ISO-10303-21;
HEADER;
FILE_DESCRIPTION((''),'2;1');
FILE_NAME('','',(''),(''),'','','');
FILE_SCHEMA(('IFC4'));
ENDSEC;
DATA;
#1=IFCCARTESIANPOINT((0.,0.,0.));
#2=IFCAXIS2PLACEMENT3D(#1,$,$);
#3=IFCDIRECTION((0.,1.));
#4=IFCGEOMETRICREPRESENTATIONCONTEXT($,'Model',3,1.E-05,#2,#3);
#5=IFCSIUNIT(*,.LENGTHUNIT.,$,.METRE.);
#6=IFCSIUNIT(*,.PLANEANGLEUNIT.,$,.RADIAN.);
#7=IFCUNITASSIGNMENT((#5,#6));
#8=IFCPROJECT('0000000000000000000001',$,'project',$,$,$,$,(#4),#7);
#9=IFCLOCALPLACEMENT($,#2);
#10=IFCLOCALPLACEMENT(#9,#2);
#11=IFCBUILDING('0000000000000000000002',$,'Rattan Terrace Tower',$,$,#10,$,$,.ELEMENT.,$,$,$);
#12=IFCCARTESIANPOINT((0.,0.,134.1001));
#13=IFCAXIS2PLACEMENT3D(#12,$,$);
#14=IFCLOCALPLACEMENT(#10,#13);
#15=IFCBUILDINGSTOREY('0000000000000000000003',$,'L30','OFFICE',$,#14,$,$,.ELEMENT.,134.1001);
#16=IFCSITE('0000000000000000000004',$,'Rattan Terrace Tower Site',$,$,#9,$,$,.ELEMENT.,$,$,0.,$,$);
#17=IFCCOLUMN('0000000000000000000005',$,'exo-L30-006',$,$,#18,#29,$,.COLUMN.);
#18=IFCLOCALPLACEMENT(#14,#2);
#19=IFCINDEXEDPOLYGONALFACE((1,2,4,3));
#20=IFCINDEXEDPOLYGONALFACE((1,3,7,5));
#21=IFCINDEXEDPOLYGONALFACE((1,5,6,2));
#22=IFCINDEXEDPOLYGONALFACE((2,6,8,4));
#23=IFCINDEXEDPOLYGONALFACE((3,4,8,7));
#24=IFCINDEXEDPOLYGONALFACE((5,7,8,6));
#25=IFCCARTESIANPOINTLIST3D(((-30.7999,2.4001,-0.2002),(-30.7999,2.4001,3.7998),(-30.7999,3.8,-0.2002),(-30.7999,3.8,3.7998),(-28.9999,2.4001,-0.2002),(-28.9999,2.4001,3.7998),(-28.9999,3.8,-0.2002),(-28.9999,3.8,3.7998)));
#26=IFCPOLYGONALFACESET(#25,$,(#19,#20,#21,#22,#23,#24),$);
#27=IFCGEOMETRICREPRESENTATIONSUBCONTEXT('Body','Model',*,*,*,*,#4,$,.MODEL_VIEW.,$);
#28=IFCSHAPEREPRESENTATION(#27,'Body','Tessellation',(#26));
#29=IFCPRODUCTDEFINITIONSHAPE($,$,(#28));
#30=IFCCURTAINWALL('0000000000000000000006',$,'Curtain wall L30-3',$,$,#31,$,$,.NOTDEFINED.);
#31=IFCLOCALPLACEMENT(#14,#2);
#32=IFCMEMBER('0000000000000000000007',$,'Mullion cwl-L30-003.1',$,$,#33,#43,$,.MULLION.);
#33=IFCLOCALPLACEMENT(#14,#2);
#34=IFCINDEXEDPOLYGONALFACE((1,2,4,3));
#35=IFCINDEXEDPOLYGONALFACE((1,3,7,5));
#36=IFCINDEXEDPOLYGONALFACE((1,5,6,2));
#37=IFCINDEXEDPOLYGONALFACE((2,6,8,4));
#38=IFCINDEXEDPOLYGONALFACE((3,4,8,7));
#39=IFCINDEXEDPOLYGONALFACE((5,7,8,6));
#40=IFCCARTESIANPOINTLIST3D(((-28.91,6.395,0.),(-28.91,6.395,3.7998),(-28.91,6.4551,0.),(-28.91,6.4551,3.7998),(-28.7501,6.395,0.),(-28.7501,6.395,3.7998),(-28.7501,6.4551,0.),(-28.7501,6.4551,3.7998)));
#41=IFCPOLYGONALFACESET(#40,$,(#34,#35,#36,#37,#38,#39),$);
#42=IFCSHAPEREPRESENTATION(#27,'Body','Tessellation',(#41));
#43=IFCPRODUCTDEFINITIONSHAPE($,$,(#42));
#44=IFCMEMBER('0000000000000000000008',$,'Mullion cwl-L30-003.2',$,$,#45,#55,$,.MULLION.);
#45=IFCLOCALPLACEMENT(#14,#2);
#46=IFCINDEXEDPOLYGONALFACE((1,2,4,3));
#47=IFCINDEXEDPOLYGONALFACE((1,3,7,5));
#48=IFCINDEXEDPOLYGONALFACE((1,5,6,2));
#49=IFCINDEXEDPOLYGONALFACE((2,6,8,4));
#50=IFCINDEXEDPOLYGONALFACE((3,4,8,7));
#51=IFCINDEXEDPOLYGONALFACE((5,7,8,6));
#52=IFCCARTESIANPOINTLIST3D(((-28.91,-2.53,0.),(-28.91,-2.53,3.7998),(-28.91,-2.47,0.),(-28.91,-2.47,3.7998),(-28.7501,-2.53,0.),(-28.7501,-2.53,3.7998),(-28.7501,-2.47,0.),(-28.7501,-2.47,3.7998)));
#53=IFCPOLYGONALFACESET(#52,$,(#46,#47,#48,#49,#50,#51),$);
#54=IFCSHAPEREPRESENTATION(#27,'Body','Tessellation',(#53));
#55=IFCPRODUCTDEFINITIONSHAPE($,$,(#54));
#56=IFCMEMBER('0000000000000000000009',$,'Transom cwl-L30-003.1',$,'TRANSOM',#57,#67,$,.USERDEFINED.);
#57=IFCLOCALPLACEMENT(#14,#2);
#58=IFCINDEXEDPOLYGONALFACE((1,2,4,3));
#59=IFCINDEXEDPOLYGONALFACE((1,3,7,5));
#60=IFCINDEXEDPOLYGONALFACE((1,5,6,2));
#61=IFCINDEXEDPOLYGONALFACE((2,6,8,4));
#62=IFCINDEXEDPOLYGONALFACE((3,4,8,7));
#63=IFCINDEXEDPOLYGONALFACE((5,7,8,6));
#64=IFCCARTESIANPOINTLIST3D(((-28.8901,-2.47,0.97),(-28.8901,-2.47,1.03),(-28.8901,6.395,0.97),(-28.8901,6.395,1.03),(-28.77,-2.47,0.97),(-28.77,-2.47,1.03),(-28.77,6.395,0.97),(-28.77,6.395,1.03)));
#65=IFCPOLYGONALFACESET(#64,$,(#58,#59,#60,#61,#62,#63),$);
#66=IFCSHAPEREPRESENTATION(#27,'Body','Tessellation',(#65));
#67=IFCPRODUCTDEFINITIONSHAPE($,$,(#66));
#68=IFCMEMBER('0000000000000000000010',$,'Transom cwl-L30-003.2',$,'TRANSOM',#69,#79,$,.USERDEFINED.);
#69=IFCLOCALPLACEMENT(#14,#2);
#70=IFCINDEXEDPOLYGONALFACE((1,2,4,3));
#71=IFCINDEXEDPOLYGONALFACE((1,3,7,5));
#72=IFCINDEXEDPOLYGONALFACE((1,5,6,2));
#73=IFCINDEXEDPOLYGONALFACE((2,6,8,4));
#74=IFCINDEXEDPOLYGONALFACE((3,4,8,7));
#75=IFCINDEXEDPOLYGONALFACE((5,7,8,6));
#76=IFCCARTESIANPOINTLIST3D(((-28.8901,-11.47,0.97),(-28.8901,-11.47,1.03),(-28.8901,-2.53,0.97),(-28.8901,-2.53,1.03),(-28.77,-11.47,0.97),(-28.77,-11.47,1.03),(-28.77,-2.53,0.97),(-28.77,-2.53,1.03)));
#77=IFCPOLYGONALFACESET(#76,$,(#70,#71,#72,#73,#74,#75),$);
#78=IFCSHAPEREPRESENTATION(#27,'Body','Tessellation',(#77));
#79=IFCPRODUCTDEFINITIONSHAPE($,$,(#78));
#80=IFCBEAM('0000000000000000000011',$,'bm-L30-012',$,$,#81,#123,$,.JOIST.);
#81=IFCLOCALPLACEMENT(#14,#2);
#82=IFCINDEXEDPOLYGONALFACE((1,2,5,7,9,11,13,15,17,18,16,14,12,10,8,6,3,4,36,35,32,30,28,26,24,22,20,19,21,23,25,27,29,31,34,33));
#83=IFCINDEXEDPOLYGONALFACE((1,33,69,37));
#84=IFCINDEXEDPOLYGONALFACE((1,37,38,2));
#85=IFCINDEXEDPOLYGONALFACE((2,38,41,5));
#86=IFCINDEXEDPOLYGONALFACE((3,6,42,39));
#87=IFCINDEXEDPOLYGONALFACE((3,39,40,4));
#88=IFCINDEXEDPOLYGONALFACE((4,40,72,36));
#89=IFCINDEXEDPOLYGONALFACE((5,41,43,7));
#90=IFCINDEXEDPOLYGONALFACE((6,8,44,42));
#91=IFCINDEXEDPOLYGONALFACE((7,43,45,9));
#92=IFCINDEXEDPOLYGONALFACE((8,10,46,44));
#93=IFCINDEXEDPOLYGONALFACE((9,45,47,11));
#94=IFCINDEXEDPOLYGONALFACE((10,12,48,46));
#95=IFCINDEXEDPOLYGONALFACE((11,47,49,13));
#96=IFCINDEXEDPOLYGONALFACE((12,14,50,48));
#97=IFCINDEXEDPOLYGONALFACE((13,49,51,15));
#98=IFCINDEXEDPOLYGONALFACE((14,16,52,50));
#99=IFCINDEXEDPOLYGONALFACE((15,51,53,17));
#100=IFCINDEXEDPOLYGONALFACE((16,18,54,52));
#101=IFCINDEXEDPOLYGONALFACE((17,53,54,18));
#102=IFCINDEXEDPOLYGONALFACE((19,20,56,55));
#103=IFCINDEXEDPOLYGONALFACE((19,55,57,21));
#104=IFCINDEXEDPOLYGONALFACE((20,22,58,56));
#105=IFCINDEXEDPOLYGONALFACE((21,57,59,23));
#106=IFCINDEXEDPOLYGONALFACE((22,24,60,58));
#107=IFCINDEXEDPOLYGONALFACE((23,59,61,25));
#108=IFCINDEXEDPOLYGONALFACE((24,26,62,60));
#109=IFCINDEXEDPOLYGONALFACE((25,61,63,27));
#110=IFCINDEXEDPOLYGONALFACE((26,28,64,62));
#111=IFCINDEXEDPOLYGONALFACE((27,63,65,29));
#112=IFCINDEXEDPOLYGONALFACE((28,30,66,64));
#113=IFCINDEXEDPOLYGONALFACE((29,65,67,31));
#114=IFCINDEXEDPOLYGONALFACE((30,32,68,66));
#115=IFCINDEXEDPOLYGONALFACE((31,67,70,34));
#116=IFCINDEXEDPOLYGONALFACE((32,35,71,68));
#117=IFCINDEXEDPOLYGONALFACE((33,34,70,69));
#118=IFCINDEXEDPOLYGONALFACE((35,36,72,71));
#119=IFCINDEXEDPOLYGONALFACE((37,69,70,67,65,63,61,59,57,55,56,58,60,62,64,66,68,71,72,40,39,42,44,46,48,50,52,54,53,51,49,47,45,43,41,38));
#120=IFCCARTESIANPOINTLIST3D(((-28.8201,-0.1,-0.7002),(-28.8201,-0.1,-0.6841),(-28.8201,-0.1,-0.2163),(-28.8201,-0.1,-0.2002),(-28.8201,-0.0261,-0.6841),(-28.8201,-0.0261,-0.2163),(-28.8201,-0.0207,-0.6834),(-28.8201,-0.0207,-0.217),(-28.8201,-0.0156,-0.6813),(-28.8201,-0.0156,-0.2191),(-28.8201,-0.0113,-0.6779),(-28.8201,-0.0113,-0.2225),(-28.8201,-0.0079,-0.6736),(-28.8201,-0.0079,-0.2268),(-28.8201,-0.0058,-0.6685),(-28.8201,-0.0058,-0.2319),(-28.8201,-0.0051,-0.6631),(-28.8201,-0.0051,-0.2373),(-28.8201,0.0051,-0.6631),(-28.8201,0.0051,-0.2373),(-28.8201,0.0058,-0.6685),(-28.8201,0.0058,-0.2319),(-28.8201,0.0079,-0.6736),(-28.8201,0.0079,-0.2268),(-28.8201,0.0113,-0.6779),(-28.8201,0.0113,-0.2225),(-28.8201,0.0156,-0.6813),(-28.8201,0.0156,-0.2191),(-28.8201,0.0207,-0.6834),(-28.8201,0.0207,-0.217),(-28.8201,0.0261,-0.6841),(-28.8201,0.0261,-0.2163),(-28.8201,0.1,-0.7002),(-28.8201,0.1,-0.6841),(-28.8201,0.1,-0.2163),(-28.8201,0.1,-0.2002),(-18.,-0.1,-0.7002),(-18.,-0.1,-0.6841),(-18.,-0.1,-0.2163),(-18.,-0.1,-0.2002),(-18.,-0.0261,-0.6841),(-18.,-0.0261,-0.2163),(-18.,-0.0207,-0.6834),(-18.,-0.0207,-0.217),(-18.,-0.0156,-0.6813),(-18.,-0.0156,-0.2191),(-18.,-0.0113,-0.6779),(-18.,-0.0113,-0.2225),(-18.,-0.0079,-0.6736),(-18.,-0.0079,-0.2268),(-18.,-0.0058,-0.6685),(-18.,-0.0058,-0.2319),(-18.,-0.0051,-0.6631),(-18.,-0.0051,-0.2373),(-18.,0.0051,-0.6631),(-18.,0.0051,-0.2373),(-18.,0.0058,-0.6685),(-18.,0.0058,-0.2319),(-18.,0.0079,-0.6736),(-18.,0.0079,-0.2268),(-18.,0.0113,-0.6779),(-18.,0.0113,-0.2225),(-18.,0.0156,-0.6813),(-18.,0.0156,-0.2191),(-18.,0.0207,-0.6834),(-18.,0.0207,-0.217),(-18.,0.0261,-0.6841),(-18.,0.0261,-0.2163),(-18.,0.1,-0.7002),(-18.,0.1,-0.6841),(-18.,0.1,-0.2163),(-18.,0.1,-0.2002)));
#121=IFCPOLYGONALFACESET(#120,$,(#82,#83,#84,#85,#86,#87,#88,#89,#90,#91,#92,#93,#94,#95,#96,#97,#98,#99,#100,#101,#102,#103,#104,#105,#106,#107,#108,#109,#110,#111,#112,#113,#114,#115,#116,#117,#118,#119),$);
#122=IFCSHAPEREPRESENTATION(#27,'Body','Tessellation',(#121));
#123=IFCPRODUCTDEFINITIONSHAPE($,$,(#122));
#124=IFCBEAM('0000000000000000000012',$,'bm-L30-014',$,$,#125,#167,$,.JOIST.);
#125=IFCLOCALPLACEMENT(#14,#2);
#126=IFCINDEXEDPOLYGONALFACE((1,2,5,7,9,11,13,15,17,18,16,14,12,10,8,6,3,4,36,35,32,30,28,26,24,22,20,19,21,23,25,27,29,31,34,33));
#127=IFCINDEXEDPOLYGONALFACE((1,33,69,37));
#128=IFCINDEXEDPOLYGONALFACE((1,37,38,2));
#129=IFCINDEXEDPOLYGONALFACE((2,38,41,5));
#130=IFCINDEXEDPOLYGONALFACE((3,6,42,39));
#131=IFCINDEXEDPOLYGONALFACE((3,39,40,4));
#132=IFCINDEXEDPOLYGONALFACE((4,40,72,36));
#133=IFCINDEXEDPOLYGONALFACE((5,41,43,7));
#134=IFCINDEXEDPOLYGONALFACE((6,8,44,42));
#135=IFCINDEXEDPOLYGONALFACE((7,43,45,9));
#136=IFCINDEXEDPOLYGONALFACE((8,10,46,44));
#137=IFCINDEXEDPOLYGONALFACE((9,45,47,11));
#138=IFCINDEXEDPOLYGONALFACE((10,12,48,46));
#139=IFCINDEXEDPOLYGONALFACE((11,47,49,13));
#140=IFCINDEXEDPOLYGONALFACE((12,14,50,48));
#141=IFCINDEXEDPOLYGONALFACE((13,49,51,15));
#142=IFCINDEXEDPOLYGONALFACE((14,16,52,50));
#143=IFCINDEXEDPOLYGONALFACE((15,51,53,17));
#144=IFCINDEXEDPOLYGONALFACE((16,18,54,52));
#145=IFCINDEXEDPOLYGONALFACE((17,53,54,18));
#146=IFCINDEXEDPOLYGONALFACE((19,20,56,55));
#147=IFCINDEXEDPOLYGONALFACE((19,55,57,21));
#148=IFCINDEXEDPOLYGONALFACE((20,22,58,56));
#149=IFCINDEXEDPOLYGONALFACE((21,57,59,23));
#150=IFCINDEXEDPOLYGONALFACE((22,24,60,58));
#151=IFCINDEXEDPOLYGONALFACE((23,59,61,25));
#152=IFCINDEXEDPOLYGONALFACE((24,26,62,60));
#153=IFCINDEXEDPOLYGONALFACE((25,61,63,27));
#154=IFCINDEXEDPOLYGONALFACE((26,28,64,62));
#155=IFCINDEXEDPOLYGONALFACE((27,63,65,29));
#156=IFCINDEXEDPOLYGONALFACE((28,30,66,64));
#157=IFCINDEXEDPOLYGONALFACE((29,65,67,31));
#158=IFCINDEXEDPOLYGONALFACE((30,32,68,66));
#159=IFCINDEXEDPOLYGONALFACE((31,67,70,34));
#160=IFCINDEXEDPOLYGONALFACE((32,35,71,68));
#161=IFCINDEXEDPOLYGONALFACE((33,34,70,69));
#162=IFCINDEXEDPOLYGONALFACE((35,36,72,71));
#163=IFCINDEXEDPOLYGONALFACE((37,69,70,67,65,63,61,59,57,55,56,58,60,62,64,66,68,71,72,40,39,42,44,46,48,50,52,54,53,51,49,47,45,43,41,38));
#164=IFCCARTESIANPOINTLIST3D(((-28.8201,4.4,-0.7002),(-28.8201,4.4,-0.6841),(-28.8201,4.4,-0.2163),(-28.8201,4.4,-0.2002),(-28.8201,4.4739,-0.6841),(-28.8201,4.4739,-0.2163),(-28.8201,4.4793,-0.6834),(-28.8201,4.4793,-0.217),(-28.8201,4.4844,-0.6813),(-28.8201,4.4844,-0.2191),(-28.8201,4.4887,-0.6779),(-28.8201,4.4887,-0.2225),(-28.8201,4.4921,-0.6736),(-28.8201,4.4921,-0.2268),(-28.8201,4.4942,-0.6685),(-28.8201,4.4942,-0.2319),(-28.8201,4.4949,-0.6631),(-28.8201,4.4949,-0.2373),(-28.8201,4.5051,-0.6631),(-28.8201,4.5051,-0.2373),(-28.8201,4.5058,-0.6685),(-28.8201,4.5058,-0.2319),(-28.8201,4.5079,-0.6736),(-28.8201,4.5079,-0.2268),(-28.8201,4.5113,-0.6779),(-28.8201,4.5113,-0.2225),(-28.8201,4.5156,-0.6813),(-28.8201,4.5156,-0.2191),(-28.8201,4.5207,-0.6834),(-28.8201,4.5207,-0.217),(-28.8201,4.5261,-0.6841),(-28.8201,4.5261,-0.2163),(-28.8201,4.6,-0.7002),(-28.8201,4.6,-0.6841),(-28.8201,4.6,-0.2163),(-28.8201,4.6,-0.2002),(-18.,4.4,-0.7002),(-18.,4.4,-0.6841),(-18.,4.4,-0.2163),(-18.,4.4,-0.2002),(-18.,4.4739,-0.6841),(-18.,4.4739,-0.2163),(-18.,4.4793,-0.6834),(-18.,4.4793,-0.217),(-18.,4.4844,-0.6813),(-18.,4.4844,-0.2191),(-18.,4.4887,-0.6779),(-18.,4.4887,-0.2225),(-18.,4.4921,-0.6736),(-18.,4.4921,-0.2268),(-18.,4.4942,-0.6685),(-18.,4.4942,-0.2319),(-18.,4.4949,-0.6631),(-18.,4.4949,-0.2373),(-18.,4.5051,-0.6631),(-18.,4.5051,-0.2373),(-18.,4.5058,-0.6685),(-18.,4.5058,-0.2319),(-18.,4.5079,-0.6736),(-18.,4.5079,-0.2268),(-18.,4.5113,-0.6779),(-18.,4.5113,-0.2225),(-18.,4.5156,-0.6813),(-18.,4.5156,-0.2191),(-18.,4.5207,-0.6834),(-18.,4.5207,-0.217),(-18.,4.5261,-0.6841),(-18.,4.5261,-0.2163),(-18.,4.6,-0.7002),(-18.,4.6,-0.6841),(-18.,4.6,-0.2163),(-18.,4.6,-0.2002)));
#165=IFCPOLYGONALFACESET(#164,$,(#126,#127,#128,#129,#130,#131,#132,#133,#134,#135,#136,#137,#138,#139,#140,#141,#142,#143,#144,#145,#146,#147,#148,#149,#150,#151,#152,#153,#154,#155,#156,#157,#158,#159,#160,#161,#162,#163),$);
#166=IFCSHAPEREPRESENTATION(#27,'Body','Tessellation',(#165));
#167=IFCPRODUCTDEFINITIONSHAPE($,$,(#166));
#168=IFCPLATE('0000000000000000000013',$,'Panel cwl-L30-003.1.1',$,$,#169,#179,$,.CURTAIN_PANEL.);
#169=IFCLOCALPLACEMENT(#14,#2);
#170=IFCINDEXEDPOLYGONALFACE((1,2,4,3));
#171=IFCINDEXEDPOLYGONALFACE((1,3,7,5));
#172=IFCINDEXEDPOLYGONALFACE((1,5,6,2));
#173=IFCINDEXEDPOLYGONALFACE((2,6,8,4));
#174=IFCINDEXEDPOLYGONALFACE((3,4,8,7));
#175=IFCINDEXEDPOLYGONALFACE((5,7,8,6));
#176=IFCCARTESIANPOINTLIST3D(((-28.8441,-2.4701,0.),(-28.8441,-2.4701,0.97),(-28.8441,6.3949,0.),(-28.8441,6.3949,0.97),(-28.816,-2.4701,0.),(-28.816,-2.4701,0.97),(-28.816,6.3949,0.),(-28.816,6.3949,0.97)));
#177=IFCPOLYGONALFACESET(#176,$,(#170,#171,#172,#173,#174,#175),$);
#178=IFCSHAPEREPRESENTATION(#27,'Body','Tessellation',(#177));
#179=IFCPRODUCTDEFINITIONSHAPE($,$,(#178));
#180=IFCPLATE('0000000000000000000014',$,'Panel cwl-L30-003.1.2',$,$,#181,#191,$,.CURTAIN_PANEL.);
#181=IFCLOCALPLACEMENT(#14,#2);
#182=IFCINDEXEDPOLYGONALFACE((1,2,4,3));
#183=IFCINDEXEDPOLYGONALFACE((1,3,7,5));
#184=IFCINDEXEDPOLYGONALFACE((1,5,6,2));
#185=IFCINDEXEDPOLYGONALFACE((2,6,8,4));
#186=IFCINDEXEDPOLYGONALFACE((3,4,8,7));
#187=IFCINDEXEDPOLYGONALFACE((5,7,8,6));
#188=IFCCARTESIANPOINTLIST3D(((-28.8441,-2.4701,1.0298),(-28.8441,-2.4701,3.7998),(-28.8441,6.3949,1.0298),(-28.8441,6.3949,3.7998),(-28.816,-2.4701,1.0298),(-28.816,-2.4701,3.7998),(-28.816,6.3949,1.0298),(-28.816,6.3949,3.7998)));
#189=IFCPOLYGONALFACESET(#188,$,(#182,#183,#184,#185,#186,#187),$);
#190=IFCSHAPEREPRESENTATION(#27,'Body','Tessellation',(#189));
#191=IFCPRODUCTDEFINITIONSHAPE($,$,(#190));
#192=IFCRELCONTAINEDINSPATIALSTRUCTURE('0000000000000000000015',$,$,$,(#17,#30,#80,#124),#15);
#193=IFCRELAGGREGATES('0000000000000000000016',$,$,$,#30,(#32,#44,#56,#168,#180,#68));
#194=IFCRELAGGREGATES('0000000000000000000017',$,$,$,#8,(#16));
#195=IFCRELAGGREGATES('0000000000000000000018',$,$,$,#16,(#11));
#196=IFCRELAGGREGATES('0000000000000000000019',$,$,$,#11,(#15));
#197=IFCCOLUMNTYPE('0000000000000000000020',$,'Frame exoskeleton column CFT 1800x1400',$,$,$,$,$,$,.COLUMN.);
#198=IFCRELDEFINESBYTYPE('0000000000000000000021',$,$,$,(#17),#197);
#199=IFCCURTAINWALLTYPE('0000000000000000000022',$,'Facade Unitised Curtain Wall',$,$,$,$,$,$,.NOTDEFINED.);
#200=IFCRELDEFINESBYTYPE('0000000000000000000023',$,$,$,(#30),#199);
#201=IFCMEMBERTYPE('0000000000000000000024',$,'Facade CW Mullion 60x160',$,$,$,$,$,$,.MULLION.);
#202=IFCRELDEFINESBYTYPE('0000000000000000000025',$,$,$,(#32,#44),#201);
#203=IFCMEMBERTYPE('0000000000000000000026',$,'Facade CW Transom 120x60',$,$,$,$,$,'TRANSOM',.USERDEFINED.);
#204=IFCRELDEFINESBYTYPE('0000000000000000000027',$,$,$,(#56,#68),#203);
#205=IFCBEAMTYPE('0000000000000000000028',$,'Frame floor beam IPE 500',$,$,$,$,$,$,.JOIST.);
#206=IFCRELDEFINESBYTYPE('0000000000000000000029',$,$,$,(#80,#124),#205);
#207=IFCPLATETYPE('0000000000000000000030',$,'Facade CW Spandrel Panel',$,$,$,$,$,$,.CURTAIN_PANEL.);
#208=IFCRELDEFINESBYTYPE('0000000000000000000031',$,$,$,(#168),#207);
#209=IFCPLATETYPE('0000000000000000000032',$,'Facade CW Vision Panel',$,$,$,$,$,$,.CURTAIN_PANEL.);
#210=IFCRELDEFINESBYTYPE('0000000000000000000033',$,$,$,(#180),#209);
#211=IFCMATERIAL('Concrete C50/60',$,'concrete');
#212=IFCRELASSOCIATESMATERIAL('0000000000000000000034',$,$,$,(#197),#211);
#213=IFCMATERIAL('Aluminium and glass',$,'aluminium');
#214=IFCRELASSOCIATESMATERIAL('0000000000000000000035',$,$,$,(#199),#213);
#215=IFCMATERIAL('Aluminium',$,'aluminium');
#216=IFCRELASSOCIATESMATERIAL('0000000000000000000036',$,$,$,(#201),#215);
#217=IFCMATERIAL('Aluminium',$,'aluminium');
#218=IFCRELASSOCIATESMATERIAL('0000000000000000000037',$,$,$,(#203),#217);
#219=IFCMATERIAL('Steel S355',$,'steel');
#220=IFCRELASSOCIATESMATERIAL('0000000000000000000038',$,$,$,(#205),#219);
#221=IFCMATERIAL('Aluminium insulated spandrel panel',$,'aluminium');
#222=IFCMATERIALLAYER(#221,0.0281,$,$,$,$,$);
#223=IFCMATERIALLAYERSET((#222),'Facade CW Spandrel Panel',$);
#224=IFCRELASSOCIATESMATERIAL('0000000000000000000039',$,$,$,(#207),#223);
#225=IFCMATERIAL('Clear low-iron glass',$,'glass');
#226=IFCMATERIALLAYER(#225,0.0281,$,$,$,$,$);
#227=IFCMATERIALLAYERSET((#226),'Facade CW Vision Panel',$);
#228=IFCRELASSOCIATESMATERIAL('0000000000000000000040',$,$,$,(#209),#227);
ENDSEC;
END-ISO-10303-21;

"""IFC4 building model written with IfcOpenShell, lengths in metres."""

from ifc_helpers import new_model, si_unit, direction, frame, origin, origin_2d, place, context, subcontext, project, spatial, rectangle, i_section, extrude, material, layer, layer_set, material_profile, profile_set, type_object, element, aggregate, save


model = new_model("IFC4")

# Units and contexts
model_context = context("Model", 3, precision=1e-05, world=origin(), true_north=direction((0.0, 1.0)))
body_context = subcontext(model_context, "Body", "Model", "MODEL_VIEW")
ifc_project = project(units=[si_unit("LENGTHUNIT", "METRE"), si_unit("PLANEANGLEUNIT", "RADIAN")], contexts=[model_context])

# Site, building, storey
site_placement = place(None, origin())
site = spatial("IfcSite", under=ifc_project, at=site_placement, Name="Rattan Terrace Tower Site", CompositionType="ELEMENT", RefElevation=0.0)
building_placement = place(site_placement, origin())
building = spatial("IfcBuilding", under=site, at=building_placement, Name="Rattan Terrace Tower", CompositionType="ELEMENT")
storey_placement = place(building_placement, frame((0.0, 0.0, 134.1001)))
storey = spatial("IfcBuildingStorey", under=building, at=storey_placement, Name="L30", Description="OFFICE", CompositionType="ELEMENT", Elevation=134.1001)

# Column
ifc_material_1 = material(Name="Concrete C50/60", Category="concrete")
ifc_material_profile_1 = material_profile(ifc_material_1, rectangle(XDim=1.3999, YDim=1.8, at=origin_2d()), Name="CFT 1800x1400")
ifc_profile_set_1 = profile_set([ifc_material_profile_1], Name="Concrete C50/60")
column_type = type_object("IfcColumnType", Name="Frame exoskeleton column CFT 1800x1400", PredefinedType="COLUMN", material=ifc_profile_set_1)
column_placement = place(storey_placement, frame((-29.8999, 3.1001, -0.2002), z_axis=(0.0, 0.0, 1.0), x_axis=(0.0, 1.0, 0.0)))
element("IfcColumn", 1, at=column_placement, inside=storey, type_object=column_type, Name="exo-L30-006", PredefinedType="COLUMN", context=body_context, shape_type="SweptSolid", body=[
    extrude(rectangle(XDim=1.3999, YDim=1.8, at=origin_2d()), origin(), (0.0, 0.0, 1.0), 4.0),
])

# Curtain wall, members
ifc_material_2 = material(Name="Aluminium and glass", Category="aluminium")
curtain_wall_type = type_object("IfcCurtainWallType", Name="Facade Unitised Curtain Wall", PredefinedType="NOTDEFINED", material=ifc_material_2)
curtain_wall_placement = place(storey_placement, origin())
curtain_wall = element("IfcCurtainWall", 2, at=curtain_wall_placement, inside=storey, type_object=curtain_wall_type, Name="Curtain wall L30-3", PredefinedType="NOTDEFINED")
ifc_material_3 = material(Name="Aluminium", Category="aluminium")
ifc_material_profile_2 = material_profile(ifc_material_3, rectangle(XDim=0.0601, YDim=0.1599, at=origin_2d()), Name="Aluminium 60x160")
ifc_profile_set_2 = profile_set([ifc_material_profile_2], Name="Aluminium")
member_type_1 = type_object("IfcMemberType", Name="Facade CW Mullion 60x160", PredefinedType="MULLION", material=ifc_profile_set_2)
member_1_placement = place(storey_placement, frame((-28.8301, 6.425, 0.0), z_axis=(0.0, 0.0, 1.0), x_axis=(0.0, -1.0, 0.0)))
member_1 = element("IfcMember", 3, at=member_1_placement, type_object=member_type_1, Name="Mullion cwl-L30-003.1", PredefinedType="MULLION", context=body_context, shape_type="SweptSolid", body=[
    extrude(rectangle(XDim=0.0601, YDim=0.1599, at=origin_2d()), origin(), (0.0, 0.0, 1.0), 3.7998),
])
member_2_placement = place(storey_placement, frame((-28.8301, -2.5, 0.0), z_axis=(0.0, 0.0, 1.0), x_axis=(0.0, -1.0, 0.0)))
member_2 = element("IfcMember", 4, at=member_2_placement, type_object=member_type_1, Name="Mullion cwl-L30-003.2", PredefinedType="MULLION", context=body_context, shape_type="SweptSolid", body=[
    extrude(rectangle(XDim=0.0601, YDim=0.1599, at=origin_2d()), origin(), (0.0, 0.0, 1.0), 3.7998),
])
ifc_material_4 = material(Name="Aluminium", Category="aluminium")
ifc_material_profile_3 = material_profile(ifc_material_4, rectangle(XDim=0.1201, YDim=0.0601, at=origin_2d()), Name="Aluminium 120x60")
ifc_profile_set_3 = profile_set([ifc_material_profile_3], Name="Aluminium")
member_type_2 = type_object("IfcMemberType", Name="Facade CW Transom 120x60", ElementType="TRANSOM", PredefinedType="USERDEFINED", material=ifc_profile_set_3)
member_3_placement = place(storey_placement, frame((-28.8301, 6.395, 1.0), z_axis=(0.0, -1.0, 0.0), x_axis=(1.0, 0.0, 0.0)))
member_3 = element("IfcMember", 5, at=member_3_placement, type_object=member_type_2, Name="Transom cwl-L30-003.1", ObjectType="TRANSOM", PredefinedType="USERDEFINED", context=body_context, shape_type="SweptSolid", body=[
    extrude(rectangle(XDim=0.1201, YDim=0.0601, at=origin_2d()), origin(), (0.0, 0.0, 1.0), 8.865),
])
member_4_placement = place(storey_placement, frame((-28.8301, -2.53, 1.0), z_axis=(0.0, -1.0, 0.0), x_axis=(1.0, 0.0, 0.0)))
member_4 = element("IfcMember", 6, at=member_4_placement, type_object=member_type_2, Name="Transom cwl-L30-003.2", ObjectType="TRANSOM", PredefinedType="USERDEFINED", context=body_context, shape_type="SweptSolid", body=[
    extrude(rectangle(XDim=0.1201, YDim=0.0601, at=origin_2d()), origin(), (0.0, 0.0, 1.0), 8.9399),
])

# Beams
ifc_material_5 = material(Name="Steel S355", Category="steel")
ifc_material_profile_4 = material_profile(ifc_material_5, i_section(OverallWidth=0.2, OverallDepth=0.5, WebThickness=0.0103, FlangeThickness=0.0161, FilletRadius=0.021, at=origin_2d()), Name="IPE 500")
ifc_profile_set_4 = profile_set([ifc_material_profile_4], Name="Steel S355")
beam_type = type_object("IfcBeamType", Name="Frame floor beam IPE 500", PredefinedType="JOIST", material=ifc_profile_set_4)
for number, where, z_axis, x_axis, name in (
    (7, (-28.8201, 0.0, -0.4502), (1.0, 0.0, 0.0), (0.0, 1.0, 0.0), "bm-L30-012"),
    (8, (-28.8201, 4.5, -0.4502), (1.0, 0.0, 0.0), (0.0, 1.0, 0.0), "bm-L30-014"),
):
    element("IfcBeam", number, at=place(storey_placement, frame(where, z_axis=z_axis, x_axis=x_axis)), inside=storey, type_object=beam_type, Name=name, PredefinedType="JOIST", context=body_context, shape_type="SweptSolid", body=[
        extrude(i_section(OverallWidth=0.2, OverallDepth=0.5, WebThickness=0.0103, FlangeThickness=0.0161, FilletRadius=0.021, at=origin_2d()), origin(), (0.0, 0.0, 1.0), 10.8201),
    ])

# Plates
ifc_material_6 = material(Name="Aluminium insulated spandrel panel", Category="aluminium")
ifc_layer_1 = layer(ifc_material_6, 0.0281)
ifc_layer_set_1 = layer_set([ifc_layer_1], Name="Facade CW Spandrel Panel")
plate_type_1 = type_object("IfcPlateType", Name="Facade CW Spandrel Panel", PredefinedType="CURTAIN_PANEL", material=ifc_layer_set_1)
plate_1_placement = place(storey_placement, frame((-28.8301, 1.9624, 0.0), z_axis=(0.0, 0.0, 1.0), x_axis=(0.0, -1.0, 0.0)))
plate_1 = element("IfcPlate", 9, at=plate_1_placement, type_object=plate_type_1, Name="Panel cwl-L30-003.1.1", PredefinedType="CURTAIN_PANEL", context=body_context, shape_type="SweptSolid", body=[
    extrude(rectangle(XDim=8.865, YDim=0.0281, at=origin_2d()), origin(), (0.0, 0.0, 1.0), 0.97),
])
ifc_material_7 = material(Name="Clear low-iron glass", Category="glass")
ifc_layer_2 = layer(ifc_material_7, 0.0281)
ifc_layer_set_2 = layer_set([ifc_layer_2], Name="Facade CW Vision Panel")
plate_type_2 = type_object("IfcPlateType", Name="Facade CW Vision Panel", PredefinedType="CURTAIN_PANEL", material=ifc_layer_set_2)
plate_2_placement = place(storey_placement, frame((-28.8301, 1.9624, 1.0298), z_axis=(0.0, 0.0, 1.0), x_axis=(0.0, -1.0, 0.0)))
plate_2 = element("IfcPlate", 10, at=plate_2_placement, type_object=plate_type_2, Name="Panel cwl-L30-003.1.2", PredefinedType="CURTAIN_PANEL", context=body_context, shape_type="SweptSolid", body=[
    extrude(rectangle(XDim=8.865, YDim=0.0281, at=origin_2d()), origin(), (0.0, 0.0, 1.0), 2.77),
])
aggregate(curtain_wall, [member_1, member_2, member_3, plate_1, plate_2, member_4])

save(model, "model.ifc")
